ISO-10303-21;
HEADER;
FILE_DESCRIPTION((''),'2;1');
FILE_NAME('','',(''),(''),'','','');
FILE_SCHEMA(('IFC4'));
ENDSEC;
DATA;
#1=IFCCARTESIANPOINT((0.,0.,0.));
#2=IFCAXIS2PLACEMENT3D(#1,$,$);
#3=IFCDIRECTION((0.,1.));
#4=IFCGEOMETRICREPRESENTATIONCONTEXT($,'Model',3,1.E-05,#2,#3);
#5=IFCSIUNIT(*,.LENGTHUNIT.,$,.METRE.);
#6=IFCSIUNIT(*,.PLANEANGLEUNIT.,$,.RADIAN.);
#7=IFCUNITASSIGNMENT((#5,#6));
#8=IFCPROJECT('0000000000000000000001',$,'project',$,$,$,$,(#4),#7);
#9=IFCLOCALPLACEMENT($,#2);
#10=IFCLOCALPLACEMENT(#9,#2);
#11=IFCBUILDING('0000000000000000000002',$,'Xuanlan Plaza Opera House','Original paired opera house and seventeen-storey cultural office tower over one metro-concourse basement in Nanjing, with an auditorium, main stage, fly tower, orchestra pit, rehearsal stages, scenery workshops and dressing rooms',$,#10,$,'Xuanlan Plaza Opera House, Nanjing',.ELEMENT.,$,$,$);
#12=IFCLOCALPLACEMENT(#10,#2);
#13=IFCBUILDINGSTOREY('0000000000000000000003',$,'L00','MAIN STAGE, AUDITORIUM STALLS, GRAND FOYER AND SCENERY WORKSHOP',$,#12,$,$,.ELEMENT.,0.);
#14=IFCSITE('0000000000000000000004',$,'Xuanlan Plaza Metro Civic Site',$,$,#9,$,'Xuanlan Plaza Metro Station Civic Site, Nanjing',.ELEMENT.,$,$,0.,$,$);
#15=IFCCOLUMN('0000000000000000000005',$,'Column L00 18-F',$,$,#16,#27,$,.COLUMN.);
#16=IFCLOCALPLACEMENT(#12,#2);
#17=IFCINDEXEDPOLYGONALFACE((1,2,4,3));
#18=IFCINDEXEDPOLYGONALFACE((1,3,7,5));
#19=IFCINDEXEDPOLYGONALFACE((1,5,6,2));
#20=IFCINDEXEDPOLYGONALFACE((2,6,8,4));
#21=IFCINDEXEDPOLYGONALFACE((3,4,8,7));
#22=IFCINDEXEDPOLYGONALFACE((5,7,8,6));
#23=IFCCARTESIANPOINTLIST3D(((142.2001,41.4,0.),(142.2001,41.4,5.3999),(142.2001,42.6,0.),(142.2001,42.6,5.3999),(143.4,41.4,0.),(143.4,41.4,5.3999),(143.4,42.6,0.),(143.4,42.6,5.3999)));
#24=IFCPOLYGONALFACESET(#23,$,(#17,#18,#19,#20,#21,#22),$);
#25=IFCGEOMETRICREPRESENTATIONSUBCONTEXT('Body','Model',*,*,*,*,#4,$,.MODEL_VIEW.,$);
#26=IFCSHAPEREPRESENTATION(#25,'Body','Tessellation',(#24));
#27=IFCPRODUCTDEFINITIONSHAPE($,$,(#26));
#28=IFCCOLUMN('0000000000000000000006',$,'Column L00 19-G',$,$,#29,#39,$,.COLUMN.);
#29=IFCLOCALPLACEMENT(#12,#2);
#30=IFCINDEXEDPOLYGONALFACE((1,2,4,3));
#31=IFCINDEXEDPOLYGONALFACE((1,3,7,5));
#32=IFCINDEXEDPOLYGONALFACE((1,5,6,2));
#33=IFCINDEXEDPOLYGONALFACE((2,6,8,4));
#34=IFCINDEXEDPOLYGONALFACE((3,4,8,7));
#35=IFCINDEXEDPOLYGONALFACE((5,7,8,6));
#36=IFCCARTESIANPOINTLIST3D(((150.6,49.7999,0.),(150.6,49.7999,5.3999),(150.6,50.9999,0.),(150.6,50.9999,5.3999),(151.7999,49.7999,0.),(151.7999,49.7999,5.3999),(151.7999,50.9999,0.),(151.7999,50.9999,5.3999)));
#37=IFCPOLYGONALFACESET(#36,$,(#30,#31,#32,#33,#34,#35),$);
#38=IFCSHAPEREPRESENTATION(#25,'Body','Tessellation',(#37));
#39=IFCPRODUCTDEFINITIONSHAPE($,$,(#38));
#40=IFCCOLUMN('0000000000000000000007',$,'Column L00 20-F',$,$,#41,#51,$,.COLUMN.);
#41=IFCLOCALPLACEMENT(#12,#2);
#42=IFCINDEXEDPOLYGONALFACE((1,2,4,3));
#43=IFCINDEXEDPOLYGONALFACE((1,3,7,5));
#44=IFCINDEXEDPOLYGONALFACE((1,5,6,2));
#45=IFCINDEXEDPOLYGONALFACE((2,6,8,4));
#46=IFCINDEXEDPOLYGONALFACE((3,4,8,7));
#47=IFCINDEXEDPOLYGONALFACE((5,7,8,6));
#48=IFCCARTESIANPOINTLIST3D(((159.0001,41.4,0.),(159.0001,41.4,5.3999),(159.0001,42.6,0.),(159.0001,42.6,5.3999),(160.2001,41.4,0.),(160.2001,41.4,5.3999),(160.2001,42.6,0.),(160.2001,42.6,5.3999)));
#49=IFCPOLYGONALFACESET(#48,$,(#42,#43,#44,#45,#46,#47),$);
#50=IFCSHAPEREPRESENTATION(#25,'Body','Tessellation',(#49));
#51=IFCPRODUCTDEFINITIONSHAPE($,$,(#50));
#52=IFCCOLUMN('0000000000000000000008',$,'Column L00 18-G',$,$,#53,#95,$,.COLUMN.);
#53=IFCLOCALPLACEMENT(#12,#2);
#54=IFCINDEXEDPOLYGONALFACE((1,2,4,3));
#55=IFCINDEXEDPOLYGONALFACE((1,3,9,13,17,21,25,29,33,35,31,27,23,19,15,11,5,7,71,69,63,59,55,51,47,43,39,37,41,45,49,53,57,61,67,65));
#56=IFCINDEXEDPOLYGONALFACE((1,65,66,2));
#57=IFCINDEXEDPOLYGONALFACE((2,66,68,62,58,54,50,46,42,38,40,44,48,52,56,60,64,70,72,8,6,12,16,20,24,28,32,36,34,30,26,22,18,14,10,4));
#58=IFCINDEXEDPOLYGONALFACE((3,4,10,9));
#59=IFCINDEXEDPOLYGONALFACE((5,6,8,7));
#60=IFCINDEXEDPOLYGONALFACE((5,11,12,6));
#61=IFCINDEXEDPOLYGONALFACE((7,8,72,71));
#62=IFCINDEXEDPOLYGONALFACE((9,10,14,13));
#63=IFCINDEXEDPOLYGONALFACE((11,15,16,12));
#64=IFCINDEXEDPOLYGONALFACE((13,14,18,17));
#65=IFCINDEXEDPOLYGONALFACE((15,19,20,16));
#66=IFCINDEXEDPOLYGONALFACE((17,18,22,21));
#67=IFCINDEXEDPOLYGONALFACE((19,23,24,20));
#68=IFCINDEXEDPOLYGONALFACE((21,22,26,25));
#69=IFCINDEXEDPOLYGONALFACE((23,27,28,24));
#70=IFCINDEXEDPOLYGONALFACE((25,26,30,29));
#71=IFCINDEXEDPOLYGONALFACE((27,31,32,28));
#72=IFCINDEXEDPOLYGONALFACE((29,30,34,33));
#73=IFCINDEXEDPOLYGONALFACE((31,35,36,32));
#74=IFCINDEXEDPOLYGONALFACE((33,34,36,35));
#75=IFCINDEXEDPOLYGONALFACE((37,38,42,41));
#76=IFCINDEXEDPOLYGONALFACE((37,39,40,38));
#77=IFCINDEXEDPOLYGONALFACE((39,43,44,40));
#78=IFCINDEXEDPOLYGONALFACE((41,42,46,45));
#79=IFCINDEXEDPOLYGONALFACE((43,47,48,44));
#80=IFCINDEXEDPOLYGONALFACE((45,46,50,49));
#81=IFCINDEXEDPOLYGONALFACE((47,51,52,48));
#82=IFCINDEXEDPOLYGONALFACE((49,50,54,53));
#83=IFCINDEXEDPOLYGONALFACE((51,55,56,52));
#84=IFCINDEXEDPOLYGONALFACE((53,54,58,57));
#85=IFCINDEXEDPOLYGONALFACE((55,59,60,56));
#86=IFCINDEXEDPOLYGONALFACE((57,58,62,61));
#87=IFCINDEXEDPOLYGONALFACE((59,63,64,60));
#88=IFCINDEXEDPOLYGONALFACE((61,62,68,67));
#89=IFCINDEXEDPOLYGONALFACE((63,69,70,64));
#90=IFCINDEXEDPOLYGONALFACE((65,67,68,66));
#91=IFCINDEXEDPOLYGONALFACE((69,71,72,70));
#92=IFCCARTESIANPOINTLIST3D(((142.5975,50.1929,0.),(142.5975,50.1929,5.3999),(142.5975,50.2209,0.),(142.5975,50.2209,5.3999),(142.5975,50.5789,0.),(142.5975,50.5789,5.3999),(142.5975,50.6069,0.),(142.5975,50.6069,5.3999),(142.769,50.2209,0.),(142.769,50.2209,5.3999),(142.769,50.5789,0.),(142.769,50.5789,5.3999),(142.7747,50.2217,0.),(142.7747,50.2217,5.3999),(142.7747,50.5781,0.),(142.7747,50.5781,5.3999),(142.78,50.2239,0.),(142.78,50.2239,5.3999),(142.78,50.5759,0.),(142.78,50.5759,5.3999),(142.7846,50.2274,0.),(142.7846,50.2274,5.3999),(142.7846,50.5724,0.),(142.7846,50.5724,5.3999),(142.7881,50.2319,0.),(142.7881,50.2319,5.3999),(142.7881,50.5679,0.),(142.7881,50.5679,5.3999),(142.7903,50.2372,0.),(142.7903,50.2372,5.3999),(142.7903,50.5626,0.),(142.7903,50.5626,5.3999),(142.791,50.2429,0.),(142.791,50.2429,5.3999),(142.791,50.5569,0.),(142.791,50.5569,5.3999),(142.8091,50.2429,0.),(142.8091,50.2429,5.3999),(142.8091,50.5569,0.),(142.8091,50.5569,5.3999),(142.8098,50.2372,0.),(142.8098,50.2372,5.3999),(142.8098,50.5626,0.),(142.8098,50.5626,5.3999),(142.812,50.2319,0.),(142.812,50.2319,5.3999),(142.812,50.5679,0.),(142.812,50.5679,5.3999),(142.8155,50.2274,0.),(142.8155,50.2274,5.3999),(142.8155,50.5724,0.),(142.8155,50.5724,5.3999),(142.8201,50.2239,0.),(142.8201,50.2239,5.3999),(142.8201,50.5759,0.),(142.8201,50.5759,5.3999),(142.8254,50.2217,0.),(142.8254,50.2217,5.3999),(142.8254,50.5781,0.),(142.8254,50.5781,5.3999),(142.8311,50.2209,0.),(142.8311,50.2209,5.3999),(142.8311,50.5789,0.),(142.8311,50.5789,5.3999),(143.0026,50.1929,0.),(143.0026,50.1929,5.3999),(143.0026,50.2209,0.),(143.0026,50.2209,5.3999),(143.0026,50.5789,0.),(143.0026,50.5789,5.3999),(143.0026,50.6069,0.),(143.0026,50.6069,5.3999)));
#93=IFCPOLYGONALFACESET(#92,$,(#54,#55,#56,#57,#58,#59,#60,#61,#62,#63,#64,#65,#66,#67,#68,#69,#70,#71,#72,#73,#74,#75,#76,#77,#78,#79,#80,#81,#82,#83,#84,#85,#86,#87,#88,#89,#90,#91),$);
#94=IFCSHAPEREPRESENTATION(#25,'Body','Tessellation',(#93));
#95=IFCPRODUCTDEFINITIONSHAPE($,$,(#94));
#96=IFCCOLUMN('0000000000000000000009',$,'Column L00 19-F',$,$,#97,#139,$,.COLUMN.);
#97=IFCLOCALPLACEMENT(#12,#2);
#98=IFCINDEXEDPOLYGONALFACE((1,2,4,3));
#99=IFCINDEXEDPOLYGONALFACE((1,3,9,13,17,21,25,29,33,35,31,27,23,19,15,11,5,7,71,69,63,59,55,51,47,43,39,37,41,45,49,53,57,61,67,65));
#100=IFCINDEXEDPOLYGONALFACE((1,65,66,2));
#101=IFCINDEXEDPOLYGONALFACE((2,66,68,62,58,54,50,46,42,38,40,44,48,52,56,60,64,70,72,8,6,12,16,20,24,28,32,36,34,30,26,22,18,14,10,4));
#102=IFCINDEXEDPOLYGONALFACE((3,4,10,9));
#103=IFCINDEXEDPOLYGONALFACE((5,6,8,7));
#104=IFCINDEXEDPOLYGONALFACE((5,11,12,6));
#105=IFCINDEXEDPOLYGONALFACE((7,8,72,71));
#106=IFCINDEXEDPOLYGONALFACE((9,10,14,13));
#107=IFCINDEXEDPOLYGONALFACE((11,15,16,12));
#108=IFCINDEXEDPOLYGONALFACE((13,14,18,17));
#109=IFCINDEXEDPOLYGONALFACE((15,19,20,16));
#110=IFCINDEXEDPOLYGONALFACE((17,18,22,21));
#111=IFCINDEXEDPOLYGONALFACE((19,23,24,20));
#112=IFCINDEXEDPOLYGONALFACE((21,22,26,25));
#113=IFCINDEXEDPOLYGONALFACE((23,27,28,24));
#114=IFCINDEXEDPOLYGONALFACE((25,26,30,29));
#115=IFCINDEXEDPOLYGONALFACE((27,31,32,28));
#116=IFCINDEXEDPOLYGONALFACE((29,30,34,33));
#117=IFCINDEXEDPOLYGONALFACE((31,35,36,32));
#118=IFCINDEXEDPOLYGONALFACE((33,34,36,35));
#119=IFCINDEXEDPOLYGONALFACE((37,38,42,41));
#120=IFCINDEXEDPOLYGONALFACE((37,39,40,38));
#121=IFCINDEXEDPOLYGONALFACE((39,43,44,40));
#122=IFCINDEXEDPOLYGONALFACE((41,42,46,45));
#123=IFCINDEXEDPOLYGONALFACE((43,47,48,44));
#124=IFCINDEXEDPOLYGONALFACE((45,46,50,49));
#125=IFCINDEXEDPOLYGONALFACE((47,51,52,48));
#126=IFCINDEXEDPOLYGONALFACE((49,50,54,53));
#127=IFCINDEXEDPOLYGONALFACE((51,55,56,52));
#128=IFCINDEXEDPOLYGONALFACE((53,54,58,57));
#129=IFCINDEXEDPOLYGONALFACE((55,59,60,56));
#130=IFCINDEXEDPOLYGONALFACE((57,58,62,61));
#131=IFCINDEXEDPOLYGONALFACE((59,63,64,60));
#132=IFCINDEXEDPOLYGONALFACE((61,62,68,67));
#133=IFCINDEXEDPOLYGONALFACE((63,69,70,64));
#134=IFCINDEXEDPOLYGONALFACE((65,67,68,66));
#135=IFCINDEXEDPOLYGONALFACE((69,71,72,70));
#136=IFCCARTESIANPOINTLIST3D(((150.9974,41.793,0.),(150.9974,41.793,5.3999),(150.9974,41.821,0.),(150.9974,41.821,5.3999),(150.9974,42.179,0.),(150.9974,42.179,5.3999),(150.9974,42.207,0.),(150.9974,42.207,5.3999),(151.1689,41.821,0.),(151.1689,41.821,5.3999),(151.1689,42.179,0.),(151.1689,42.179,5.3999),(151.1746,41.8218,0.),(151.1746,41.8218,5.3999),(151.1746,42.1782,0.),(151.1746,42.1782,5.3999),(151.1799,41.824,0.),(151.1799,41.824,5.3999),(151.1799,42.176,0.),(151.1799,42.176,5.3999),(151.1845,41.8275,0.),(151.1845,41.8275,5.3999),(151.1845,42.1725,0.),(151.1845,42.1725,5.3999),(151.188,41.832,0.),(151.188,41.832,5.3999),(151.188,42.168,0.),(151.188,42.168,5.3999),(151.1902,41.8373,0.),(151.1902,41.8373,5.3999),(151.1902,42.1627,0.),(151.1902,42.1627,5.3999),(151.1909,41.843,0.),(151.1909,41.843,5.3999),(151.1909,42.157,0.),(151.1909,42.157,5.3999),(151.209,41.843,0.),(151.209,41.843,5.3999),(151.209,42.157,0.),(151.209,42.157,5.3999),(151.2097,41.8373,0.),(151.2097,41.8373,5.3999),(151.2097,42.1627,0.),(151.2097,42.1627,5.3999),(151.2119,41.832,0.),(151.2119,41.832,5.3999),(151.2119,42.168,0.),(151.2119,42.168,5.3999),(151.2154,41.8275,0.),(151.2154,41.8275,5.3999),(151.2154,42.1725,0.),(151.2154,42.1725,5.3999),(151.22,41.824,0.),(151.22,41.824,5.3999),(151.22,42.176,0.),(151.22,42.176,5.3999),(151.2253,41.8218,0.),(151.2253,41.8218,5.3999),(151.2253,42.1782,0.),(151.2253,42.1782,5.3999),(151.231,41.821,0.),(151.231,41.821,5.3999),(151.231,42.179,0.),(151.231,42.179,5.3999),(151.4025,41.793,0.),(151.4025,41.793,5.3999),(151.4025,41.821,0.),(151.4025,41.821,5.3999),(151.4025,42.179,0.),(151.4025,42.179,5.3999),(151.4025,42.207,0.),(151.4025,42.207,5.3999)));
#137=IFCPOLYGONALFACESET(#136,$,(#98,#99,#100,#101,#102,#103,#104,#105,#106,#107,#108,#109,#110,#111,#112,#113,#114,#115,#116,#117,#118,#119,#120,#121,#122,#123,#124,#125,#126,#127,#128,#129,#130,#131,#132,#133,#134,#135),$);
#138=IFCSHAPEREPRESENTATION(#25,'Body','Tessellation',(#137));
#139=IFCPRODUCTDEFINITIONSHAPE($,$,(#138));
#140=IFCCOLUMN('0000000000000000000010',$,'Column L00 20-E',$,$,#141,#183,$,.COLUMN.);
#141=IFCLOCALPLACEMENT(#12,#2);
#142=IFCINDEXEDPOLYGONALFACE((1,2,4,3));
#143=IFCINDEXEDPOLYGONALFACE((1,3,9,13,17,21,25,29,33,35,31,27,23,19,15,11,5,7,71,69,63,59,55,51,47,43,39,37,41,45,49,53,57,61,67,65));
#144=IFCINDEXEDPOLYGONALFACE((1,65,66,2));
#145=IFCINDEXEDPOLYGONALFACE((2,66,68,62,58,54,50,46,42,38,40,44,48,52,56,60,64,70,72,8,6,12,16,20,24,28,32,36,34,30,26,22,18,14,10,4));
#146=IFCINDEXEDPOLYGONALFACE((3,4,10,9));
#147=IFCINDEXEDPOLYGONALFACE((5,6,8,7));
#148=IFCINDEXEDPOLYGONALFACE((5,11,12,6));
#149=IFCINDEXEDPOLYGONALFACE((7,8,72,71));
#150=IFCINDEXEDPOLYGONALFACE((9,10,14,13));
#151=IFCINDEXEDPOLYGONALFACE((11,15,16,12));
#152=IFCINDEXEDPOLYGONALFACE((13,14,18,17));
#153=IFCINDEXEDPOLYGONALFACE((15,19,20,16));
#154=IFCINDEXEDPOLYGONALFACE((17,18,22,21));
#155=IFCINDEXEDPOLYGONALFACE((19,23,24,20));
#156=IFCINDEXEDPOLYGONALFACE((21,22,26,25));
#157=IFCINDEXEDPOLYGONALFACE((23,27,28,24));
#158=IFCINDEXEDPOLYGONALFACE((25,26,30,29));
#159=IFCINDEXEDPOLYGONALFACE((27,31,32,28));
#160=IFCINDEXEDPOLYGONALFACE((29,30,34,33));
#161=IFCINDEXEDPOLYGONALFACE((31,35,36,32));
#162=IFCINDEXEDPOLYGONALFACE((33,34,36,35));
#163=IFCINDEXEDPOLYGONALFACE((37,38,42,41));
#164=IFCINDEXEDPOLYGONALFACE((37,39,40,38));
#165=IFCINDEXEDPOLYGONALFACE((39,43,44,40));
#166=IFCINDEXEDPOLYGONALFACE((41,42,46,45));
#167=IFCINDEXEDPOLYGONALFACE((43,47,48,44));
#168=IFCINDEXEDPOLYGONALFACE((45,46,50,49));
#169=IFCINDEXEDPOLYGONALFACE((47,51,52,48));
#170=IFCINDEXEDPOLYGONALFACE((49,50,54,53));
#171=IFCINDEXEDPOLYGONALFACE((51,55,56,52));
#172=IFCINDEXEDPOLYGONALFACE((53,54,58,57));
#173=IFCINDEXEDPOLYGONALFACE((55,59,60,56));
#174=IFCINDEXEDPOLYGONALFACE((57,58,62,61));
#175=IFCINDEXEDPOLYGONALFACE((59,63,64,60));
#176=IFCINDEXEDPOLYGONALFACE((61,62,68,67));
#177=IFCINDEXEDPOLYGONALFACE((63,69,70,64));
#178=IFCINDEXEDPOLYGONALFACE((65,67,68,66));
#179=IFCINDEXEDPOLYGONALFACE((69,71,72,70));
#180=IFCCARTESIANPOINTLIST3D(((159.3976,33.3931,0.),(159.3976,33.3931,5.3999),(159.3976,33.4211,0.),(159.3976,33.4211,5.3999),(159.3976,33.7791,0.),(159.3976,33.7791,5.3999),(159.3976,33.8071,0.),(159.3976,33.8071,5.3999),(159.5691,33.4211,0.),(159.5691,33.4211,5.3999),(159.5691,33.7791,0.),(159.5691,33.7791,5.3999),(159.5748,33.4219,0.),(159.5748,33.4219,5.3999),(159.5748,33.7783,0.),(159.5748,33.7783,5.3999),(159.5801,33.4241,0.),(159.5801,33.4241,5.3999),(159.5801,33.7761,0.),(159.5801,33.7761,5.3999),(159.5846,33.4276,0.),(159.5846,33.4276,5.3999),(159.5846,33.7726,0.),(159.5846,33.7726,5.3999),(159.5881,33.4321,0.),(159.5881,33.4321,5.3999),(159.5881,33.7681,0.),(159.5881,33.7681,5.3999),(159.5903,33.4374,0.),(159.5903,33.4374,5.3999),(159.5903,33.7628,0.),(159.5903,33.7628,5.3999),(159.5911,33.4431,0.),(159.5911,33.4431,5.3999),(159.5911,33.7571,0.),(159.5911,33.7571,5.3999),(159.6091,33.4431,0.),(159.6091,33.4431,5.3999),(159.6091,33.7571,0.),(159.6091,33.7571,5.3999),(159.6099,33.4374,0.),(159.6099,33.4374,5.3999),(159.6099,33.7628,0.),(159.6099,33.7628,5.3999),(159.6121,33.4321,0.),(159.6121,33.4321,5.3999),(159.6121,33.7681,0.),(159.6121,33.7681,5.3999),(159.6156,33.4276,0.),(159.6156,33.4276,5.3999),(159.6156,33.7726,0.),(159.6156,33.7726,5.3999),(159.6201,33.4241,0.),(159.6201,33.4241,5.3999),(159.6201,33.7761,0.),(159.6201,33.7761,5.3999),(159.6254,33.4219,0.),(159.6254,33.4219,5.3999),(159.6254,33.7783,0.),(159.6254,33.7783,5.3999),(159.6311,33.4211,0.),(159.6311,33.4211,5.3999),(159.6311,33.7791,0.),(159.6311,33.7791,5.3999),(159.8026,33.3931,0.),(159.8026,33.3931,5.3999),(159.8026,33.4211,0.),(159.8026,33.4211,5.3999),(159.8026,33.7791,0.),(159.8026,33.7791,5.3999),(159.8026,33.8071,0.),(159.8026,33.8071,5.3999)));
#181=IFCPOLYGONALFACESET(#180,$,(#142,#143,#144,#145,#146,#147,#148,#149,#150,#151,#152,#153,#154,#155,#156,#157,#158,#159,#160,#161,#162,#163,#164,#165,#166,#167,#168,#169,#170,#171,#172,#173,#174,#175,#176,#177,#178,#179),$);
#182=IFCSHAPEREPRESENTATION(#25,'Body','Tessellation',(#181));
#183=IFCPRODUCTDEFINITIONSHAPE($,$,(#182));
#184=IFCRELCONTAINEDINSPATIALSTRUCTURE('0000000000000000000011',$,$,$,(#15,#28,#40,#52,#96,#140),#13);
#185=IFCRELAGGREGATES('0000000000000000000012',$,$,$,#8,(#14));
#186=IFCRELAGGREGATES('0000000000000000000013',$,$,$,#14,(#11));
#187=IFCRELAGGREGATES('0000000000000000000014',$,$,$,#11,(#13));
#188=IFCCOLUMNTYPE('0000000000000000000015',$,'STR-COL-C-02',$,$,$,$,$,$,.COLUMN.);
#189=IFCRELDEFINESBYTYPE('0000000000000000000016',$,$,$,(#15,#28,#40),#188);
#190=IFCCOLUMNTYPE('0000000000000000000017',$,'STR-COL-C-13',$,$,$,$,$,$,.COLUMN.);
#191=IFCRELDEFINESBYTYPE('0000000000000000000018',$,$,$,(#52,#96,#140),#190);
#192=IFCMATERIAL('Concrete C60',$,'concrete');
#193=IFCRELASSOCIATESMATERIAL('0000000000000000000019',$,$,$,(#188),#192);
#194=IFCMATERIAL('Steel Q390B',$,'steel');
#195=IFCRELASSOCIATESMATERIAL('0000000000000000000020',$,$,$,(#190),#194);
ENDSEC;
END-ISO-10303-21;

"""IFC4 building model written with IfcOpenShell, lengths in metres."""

from ifc_helpers import new_model, si_unit, direction, frame, origin, origin_2d, place, context, subcontext, project, spatial, rectangle, i_section, extrude, material, material_profile, profile_set, type_object, element, save


model = new_model("IFC4")

# Units and contexts
model_context = context("Model", 3, precision=1e-05, world=origin(), true_north=direction((0.0, 1.0)))
body_context = subcontext(model_context, "Body", "Model", "MODEL_VIEW")
ifc_project = project(units=[si_unit("LENGTHUNIT", "METRE"), si_unit("PLANEANGLEUNIT", "RADIAN")], contexts=[model_context])

# Site, building, storey
site_placement = place(None, origin())
site = spatial("IfcSite", under=ifc_project, at=site_placement, Name="Xuanlan Plaza Metro Civic Site", LongName="Xuanlan Plaza Metro Station Civic Site, Nanjing", CompositionType="ELEMENT", RefElevation=0.0)
building_placement = place(site_placement, origin())
building = spatial("IfcBuilding", under=site, at=building_placement, Name="Xuanlan Plaza Opera House", Description="Original paired opera house and seventeen-storey cultural office tower over one metro-concourse basement in Nanjing, with an auditorium, main stage, fly tower, orchestra pit, rehearsal stages, scenery workshops and dressing rooms", LongName="Xuanlan Plaza Opera House, Nanjing", CompositionType="ELEMENT")
storey_placement = place(building_placement, origin())
storey = spatial("IfcBuildingStorey", under=building, at=storey_placement, Name="L00", Description="MAIN STAGE, AUDITORIUM STALLS, GRAND FOYER AND SCENERY WORKSHOP", CompositionType="ELEMENT", Elevation=0.0)

# Columns
ifc_material_1 = material(Name="Concrete C60", Category="concrete")
ifc_material_profile_1 = material_profile(ifc_material_1, rectangle(XDim=1.2, YDim=1.2, at=origin_2d()), Name="RC-COL 1200x1200")
ifc_profile_set_1 = profile_set([ifc_material_profile_1], Name="Concrete C60")
column_type_1 = type_object("IfcColumnType", Name="STR-COL-C-02", PredefinedType="COLUMN", material=ifc_profile_set_1)
for number, where, z_axis, x_axis, name in (
    (1, (142.8, 42.0, 0.0), (0.0, 0.0, 1.0), (1.0, 0.0, 0.0), "Column L00 18-F"),
    (2, (151.2, 50.3999, 0.0), (0.0, 0.0, 1.0), (1.0, 0.0, 0.0), "Column L00 19-G"),
    (3, (159.6001, 42.0, 0.0), (0.0, 0.0, 1.0), (1.0, 0.0, 0.0), "Column L00 20-F"),
):
    element("IfcColumn", number, at=place(storey_placement, frame(where, z_axis=z_axis, x_axis=x_axis)), inside=storey, type_object=column_type_1, Name=name, PredefinedType="COLUMN", context=body_context, shape_type="SweptSolid", body=[
        extrude(rectangle(XDim=1.2, YDim=1.2, at=origin_2d()), origin(), (0.0, 0.0, 1.0), 5.3999),
    ])
ifc_material_2 = material(Name="Steel Q390B", Category="steel")
ifc_material_profile_2 = material_profile(ifc_material_2, i_section(OverallWidth=0.405, OverallDepth=0.4141, WebThickness=0.0181, FlangeThickness=0.0281, FilletRadius=0.022, at=origin_2d()), Name="HW 414x405x18x28")
ifc_profile_set_2 = profile_set([ifc_material_profile_2], Name="Steel Q390B")
column_type_2 = type_object("IfcColumnType", Name="STR-COL-C-13", PredefinedType="COLUMN", material=ifc_profile_set_2)
for number, where, z_axis, x_axis, name in (
    (4, (142.8, 50.3999, 0.0), (0.0, 0.0, 1.0), (1.0, 0.0, 0.0), "Column L00 18-G"),
    (5, (151.2, 42.0, 0.0), (0.0, 0.0, 1.0), (1.0, 0.0, 0.0), "Column L00 19-F"),
    (6, (159.6001, 33.6001, 0.0), (0.0, 0.0, 1.0), (1.0, 0.0, 0.0), "Column L00 20-E"),
):
    element("IfcColumn", number, at=place(storey_placement, frame(where, z_axis=z_axis, x_axis=x_axis)), inside=storey, type_object=column_type_2, Name=name, PredefinedType="COLUMN", context=body_context, shape_type="SweptSolid", body=[
        extrude(i_section(OverallWidth=0.405, OverallDepth=0.4141, WebThickness=0.0181, FlangeThickness=0.0281, FilletRadius=0.022, at=origin_2d()), origin(), (0.0, 0.0, 1.0), 5.3999),
    ])

save(model, "model.ifc")
